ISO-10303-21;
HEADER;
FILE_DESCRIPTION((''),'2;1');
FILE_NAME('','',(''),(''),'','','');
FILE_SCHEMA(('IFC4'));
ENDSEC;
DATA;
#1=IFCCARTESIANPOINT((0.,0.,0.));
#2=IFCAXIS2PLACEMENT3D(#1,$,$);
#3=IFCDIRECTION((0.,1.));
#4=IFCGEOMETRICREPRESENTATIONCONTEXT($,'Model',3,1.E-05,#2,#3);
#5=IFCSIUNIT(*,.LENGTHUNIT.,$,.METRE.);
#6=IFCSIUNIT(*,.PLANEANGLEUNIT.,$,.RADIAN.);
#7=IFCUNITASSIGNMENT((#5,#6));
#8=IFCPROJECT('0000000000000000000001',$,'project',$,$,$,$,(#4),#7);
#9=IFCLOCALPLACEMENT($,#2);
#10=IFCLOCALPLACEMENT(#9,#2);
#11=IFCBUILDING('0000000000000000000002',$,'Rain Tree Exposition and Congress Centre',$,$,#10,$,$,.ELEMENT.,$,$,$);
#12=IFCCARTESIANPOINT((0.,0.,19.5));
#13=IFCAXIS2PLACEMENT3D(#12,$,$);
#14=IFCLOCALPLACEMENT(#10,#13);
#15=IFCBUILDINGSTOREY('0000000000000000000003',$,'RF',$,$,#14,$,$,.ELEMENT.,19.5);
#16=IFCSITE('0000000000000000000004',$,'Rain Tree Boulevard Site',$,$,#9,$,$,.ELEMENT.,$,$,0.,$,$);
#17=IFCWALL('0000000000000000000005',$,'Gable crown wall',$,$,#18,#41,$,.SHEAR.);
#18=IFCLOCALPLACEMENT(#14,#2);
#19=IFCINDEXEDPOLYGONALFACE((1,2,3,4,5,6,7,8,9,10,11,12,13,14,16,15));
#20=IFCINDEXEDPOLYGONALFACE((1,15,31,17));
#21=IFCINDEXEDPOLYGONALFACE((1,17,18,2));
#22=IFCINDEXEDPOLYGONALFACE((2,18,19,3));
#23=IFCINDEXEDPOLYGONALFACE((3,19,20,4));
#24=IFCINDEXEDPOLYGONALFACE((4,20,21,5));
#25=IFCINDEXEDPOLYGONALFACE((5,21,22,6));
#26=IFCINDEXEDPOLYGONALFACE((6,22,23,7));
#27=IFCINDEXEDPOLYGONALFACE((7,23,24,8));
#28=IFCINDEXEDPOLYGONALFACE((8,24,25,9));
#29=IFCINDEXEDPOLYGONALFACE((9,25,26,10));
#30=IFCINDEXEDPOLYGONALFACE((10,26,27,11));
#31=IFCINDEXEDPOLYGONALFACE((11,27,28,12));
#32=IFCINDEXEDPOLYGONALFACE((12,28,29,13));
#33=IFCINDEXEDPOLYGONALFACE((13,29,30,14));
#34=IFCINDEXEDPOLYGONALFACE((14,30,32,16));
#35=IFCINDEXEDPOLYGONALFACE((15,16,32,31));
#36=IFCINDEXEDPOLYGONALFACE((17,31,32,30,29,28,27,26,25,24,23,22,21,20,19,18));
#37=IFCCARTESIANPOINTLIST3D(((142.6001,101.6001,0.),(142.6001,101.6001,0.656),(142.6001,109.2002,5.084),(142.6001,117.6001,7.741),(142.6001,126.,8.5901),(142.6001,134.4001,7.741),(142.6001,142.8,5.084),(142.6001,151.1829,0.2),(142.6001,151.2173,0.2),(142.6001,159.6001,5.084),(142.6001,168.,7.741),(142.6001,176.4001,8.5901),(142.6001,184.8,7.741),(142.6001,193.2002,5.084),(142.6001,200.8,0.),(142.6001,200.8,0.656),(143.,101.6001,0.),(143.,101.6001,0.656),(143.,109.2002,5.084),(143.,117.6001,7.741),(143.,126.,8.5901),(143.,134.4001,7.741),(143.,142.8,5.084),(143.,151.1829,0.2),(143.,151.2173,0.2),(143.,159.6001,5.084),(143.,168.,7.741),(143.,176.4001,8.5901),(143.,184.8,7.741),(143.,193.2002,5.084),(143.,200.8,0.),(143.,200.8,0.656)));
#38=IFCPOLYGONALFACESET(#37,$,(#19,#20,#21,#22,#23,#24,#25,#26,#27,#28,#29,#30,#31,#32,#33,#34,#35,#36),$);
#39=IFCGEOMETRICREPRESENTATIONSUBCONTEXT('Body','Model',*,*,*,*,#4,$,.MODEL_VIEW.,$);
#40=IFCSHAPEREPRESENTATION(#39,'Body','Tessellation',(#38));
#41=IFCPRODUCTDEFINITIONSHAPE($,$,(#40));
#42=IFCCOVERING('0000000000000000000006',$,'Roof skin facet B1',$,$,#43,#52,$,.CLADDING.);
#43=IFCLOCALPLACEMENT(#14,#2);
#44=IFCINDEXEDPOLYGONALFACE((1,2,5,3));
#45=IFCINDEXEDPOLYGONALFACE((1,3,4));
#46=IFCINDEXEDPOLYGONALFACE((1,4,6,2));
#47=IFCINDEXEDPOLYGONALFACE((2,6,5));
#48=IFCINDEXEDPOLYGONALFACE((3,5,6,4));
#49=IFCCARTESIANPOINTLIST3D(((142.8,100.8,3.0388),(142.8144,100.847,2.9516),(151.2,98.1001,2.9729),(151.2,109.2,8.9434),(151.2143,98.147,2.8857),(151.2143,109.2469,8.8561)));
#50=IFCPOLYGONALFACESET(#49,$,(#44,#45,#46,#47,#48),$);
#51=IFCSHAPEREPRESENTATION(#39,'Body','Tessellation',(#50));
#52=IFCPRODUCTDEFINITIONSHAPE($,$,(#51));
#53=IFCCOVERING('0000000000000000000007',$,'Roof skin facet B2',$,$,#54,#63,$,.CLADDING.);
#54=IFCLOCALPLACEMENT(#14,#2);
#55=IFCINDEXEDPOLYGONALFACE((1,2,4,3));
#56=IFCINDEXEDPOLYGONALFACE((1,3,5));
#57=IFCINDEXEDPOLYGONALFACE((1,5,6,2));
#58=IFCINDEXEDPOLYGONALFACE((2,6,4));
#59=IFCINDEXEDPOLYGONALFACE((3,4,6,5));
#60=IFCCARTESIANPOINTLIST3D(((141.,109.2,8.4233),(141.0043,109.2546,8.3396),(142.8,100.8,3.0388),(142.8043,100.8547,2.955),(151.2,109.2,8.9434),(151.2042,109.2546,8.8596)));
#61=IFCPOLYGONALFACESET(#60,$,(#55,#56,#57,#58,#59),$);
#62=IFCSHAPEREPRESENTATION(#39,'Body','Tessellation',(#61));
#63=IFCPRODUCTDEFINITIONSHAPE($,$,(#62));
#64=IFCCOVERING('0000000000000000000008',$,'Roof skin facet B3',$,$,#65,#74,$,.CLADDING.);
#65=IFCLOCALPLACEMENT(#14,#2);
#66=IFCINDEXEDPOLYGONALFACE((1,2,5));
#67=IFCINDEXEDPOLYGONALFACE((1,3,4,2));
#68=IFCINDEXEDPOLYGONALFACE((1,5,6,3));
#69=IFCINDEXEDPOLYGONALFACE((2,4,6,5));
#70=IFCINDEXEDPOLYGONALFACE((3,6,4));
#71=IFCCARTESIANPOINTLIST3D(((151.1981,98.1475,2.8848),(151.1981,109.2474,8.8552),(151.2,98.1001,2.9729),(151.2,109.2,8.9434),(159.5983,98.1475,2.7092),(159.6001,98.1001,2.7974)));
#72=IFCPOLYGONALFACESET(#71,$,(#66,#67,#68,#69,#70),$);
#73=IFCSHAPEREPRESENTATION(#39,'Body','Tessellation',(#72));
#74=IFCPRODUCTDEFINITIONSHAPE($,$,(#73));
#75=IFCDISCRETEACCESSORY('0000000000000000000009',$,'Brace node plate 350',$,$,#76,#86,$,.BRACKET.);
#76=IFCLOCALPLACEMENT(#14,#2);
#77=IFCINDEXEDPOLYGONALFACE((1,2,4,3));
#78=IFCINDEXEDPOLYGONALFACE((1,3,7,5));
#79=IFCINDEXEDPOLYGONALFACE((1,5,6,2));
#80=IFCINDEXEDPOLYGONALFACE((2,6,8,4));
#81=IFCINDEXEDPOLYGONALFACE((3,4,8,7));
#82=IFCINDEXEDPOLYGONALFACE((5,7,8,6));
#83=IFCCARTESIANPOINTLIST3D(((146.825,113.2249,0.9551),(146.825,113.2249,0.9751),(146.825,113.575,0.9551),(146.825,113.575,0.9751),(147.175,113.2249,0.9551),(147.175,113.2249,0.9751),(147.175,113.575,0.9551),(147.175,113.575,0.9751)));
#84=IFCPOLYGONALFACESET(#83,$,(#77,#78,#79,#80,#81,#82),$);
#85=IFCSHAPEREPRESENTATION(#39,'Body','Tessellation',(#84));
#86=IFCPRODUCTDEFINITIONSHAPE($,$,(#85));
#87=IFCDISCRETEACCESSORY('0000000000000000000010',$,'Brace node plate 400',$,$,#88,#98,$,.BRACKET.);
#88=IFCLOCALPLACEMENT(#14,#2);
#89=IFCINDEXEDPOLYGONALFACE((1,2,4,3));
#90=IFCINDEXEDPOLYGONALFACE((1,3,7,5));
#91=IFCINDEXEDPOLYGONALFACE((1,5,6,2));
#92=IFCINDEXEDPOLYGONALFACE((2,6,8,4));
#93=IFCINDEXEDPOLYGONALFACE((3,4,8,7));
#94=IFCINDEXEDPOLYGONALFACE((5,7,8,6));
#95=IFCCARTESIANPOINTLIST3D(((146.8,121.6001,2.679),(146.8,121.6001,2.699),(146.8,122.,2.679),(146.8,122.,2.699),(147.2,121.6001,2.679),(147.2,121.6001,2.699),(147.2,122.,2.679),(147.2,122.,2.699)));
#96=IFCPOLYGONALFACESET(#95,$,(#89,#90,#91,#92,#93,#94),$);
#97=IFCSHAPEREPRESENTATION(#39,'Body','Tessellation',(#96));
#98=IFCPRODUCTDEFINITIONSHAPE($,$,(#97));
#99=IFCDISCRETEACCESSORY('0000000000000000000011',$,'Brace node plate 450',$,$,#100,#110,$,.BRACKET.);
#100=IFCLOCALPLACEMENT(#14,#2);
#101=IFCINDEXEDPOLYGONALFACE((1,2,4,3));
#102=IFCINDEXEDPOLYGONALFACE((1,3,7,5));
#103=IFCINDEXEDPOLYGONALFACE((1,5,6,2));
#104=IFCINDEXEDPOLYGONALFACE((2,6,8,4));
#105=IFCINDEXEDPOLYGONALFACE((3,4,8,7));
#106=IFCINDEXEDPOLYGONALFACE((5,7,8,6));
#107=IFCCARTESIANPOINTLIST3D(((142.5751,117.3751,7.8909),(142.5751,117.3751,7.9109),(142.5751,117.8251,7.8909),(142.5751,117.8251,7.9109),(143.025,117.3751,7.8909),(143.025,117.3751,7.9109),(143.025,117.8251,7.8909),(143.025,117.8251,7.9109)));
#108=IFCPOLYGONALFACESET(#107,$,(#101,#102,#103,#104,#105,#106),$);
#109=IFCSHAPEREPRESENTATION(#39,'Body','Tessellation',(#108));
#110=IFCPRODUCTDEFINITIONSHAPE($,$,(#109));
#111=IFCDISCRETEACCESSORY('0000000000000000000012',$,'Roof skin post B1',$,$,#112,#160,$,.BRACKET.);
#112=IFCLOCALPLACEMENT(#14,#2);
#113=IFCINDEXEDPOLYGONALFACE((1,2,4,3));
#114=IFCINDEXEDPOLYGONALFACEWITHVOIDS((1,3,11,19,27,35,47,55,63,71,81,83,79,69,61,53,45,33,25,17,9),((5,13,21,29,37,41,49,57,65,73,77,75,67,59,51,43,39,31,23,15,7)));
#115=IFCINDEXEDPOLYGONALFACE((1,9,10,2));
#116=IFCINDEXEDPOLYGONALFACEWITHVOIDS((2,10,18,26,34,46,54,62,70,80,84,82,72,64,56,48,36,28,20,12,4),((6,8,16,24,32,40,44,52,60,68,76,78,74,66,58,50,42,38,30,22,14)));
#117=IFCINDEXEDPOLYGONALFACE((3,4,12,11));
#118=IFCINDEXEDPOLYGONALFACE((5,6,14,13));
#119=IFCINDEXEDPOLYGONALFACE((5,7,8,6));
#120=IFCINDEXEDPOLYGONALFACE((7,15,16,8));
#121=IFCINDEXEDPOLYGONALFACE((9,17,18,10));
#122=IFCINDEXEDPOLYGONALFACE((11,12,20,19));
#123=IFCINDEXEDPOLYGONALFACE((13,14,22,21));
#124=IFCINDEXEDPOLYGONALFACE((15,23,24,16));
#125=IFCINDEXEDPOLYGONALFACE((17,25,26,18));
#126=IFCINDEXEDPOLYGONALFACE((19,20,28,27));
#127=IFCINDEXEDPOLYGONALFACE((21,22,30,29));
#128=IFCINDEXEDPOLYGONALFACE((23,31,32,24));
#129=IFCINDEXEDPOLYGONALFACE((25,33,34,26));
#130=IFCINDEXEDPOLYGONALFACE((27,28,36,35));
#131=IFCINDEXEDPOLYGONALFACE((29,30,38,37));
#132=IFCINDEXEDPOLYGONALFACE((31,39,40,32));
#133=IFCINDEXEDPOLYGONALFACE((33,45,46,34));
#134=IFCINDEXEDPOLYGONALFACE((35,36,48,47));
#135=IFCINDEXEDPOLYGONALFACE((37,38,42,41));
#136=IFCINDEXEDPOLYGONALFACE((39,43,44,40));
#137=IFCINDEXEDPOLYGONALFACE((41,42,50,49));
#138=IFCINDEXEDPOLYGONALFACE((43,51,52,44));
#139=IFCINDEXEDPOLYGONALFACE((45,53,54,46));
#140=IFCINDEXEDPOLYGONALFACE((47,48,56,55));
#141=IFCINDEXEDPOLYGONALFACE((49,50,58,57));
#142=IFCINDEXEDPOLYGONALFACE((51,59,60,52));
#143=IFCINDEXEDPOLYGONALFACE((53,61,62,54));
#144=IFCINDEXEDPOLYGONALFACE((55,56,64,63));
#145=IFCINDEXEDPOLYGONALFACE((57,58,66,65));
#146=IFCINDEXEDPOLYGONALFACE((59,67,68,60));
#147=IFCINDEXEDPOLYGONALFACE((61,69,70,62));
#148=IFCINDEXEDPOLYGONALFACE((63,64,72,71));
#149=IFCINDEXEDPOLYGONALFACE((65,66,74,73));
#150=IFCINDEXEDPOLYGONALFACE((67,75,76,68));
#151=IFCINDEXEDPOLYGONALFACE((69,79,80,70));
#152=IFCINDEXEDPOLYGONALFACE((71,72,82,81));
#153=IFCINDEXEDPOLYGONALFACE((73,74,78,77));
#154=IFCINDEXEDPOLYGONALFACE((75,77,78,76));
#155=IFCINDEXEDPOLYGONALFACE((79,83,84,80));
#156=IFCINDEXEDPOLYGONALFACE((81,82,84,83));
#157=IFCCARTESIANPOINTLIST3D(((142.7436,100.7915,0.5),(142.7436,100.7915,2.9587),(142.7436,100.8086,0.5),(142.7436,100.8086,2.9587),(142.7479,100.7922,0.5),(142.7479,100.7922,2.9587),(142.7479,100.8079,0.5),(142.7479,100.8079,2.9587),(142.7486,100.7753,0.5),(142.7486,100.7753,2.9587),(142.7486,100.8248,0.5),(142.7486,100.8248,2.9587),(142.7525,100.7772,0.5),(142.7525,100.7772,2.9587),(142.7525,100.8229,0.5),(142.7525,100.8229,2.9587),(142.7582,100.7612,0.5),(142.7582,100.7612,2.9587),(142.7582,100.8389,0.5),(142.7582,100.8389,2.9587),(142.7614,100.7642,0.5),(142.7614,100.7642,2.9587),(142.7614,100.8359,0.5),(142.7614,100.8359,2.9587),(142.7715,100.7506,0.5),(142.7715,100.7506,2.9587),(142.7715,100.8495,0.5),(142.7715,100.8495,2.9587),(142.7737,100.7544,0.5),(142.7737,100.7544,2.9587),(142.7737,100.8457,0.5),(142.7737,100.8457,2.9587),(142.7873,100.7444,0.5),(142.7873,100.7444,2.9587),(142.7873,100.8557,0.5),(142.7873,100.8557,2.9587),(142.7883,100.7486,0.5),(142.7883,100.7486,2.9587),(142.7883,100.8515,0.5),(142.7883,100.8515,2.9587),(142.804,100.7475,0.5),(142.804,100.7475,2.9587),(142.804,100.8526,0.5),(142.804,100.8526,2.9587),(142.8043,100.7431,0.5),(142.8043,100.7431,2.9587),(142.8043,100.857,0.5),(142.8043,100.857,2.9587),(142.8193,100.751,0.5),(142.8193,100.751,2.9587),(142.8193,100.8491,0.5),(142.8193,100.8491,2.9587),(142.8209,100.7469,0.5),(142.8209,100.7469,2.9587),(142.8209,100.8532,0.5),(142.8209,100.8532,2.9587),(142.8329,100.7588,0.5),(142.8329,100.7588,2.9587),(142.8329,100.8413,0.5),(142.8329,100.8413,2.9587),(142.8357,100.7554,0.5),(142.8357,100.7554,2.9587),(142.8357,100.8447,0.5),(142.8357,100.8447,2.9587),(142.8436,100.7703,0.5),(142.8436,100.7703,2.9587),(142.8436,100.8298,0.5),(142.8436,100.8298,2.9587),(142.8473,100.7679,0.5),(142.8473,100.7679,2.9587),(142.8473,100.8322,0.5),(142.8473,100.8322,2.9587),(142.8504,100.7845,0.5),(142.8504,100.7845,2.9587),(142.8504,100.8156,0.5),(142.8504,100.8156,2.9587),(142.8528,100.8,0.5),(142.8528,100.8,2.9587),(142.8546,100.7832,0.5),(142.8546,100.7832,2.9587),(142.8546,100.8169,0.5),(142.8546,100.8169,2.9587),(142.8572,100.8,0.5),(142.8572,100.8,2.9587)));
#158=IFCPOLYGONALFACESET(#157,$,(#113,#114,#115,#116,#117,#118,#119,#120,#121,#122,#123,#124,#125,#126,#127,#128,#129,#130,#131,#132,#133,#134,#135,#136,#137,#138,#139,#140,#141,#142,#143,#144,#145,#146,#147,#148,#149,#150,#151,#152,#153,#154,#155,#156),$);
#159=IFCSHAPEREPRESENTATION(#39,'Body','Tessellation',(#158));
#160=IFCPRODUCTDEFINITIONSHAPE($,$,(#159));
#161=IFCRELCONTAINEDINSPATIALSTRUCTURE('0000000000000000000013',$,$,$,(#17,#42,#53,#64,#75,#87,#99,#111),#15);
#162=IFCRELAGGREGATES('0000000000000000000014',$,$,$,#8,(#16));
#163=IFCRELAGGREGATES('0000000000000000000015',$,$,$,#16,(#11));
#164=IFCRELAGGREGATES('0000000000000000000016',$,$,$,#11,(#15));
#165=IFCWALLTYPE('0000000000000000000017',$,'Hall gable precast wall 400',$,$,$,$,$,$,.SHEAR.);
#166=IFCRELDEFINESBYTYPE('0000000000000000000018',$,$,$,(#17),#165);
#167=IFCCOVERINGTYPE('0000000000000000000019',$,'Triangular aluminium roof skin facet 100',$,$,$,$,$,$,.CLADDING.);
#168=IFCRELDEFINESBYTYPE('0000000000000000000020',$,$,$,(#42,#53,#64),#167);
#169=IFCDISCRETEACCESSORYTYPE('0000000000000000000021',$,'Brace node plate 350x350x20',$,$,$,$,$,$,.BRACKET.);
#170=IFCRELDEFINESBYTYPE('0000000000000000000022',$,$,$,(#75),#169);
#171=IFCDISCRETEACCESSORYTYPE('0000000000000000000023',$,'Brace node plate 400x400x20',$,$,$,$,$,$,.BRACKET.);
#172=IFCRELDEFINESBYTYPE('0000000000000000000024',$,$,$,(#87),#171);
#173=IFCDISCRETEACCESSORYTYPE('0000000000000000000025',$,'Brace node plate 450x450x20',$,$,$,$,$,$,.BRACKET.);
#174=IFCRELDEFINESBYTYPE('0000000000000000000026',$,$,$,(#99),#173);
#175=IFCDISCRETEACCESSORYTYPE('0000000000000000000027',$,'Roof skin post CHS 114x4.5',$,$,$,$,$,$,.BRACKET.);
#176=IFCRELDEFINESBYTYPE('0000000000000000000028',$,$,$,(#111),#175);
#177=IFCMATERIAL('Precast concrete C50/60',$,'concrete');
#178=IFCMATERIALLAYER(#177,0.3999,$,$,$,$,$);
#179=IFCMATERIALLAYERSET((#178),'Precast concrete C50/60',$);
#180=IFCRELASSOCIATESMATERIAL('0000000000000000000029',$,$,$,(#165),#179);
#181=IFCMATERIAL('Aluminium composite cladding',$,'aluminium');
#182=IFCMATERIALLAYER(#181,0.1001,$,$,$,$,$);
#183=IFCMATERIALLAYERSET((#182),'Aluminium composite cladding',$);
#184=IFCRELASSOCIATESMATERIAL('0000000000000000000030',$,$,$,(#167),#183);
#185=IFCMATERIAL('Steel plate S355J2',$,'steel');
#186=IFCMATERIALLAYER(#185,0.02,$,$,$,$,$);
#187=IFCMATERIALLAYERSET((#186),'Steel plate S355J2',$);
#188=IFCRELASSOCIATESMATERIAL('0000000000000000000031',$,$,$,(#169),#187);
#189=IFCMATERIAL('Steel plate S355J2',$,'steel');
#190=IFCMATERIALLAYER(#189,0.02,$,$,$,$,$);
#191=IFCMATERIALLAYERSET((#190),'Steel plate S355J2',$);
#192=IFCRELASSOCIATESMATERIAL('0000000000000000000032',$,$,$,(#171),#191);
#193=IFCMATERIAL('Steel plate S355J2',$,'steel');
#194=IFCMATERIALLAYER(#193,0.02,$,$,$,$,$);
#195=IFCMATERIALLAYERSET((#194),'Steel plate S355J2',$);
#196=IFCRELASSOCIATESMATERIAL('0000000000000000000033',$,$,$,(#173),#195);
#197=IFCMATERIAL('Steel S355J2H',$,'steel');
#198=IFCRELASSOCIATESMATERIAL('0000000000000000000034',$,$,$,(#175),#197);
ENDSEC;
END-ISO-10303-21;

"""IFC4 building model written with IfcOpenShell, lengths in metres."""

from ifc_helpers import new_model, si_unit, direction, frame, origin, origin_2d, place, context, subcontext, project, spatial, polyline, rectangle, hollow_circle, outline, extrude, material, layer, layer_set, material_profile, profile_set, type_object, element, save


model = new_model("IFC4")

# Units and contexts
model_context = context("Model", 3, precision=1e-05, world=origin(), true_north=direction((0.0, 1.0)))
body_context = subcontext(model_context, "Body", "Model", "MODEL_VIEW")
ifc_project = project(units=[si_unit("LENGTHUNIT", "METRE"), si_unit("PLANEANGLEUNIT", "RADIAN")], contexts=[model_context])

# Site, building, storey
site_placement = place(None, origin())
site = spatial("IfcSite", under=ifc_project, at=site_placement, Name="Rain Tree Boulevard Site", CompositionType="ELEMENT", RefElevation=0.0)
building_placement = place(site_placement, origin())
building = spatial("IfcBuilding", under=site, at=building_placement, Name="Rain Tree Exposition and Congress Centre", CompositionType="ELEMENT")
storey_placement = place(building_placement, frame((0.0, 0.0, 19.5)))
storey = spatial("IfcBuildingStorey", under=building, at=storey_placement, Name="RF", CompositionType="ELEMENT", Elevation=19.5)

# Wall
ifc_material_1 = material(Name="Precast concrete C50/60", Category="concrete")
ifc_layer_1 = layer(ifc_material_1, 0.3999)
ifc_layer_set_1 = layer_set([ifc_layer_1], Name="Precast concrete C50/60")
wall_type = type_object("IfcWallType", Name="Hall gable precast wall 400", PredefinedType="SHEAR", material=ifc_layer_set_1)
wall_placement = place(storey_placement, frame((142.8, 101.6001, 0.0), z_axis=(0.0, 0.0, 1.0), x_axis=(0.0, 1.0, 0.0)))
element("IfcWall", 1, at=wall_placement, inside=storey, type_object=wall_type, Name="Gable crown wall", PredefinedType="SHEAR", context=body_context, shape_type="SweptSolid", body=[
    extrude(outline(polyline([(0.0, 0.0), (99.2, 0.0), (99.2, 0.656), (91.6001, 5.084), (83.2, 7.741), (74.8, 8.5901), (66.3999, 7.741), (58.0, 5.084), (49.6172, 0.2), (49.5828, 0.2), (41.2, 5.084), (32.8, 7.741), (24.3999, 8.5901), (16.0, 7.741), (7.6001, 5.084), (0.0, 0.656), (0.0, 0.0)])), frame((0.0, 0.2, 0.0), z_axis=(0.0, -1.0, 0.0), x_axis=(1.0, 0.0, 0.0)), (0.0, 0.0, 1.0), 0.3999),
])

# Coverings
ifc_material_2 = material(Name="Aluminium composite cladding", Category="aluminium")
ifc_layer_2 = layer(ifc_material_2, 0.1001)
ifc_layer_set_2 = layer_set([ifc_layer_2], Name="Aluminium composite cladding")
covering_type = type_object("IfcCoveringType", Name="Triangular aluminium roof skin facet 100", PredefinedType="CLADDING", material=ifc_layer_set_2)
covering_1_placement = place(storey_placement, frame((142.8, 100.8, 3.0388), z_axis=(-0.143839, -0.468781, 0.871524), x_axis=(0.952003, -0.305999, -0.007471)))
element("IfcCovering", 2, at=covering_1_placement, inside=storey, type_object=covering_type, Name="Roof skin facet B1", PredefinedType="CLADDING", context=body_context, shape_type="SweptSolid", body=[
    extrude(outline(polyline([(0.0, 0.0), (8.8234, 0.0), (5.3823, 12.1248), (0.0, 0.0)])), origin(), (0.0, 0.0, -1.0), 0.1001),
])
covering_2_placement = place(storey_placement, frame((142.8, 100.8, 3.0388), z_axis=(-0.042669, -0.545637, 0.836935), x_axis=(0.633202, 0.633202, 0.445096)))
element("IfcCovering", 3, at=covering_2_placement, inside=storey, type_object=covering_type, Name="Roof skin facet B2", PredefinedType="CLADDING", context=body_context, shape_type="SweptSolid", body=[
    extrude(outline(polyline([(0.0, 0.0), (13.2658, 0.0), (6.5757, 7.717), (0.0, 0.0)])), origin(), (0.0, 0.0, -1.0), 0.1001),
])
covering_3_placement = place(storey_placement, frame((151.2, 98.1001, 2.9729), z_axis=(0.0184, -0.473627, 0.880533), x_axis=(0.999782, 0.0, -0.020892)))
element("IfcCovering", 4, at=covering_3_placement, inside=storey, type_object=covering_type, Name="Roof skin facet B3", PredefinedType="CLADDING", context=body_context, shape_type="SweptSolid", body=[
    extrude(outline(polyline([(0.0, 0.0), (8.402, 0.0), (-0.1247, 12.6031), (0.0, 0.0)])), origin(), (0.0, 0.0, -1.0), 0.1001),
])

# Discrete accessories
ifc_material_3 = material(Name="Steel plate S355J2", Category="steel")
ifc_layer_3 = layer(ifc_material_3, 0.02)
ifc_layer_set_3 = layer_set([ifc_layer_3], Name="Steel plate S355J2")
discrete_accessory_type_1 = type_object("IfcDiscreteAccessoryType", Name="Brace node plate 350x350x20", PredefinedType="BRACKET", material=ifc_layer_set_3)
discrete_accessory_1_placement = place(storey_placement, frame((147.0, 113.3999, 0.9551), z_axis=(0.0, 0.0, 1.0), x_axis=(1.0, 0.0, 0.0)))
element("IfcDiscreteAccessory", 5, at=discrete_accessory_1_placement, inside=storey, type_object=discrete_accessory_type_1, Name="Brace node plate 350", PredefinedType="BRACKET", context=body_context, shape_type="SweptSolid", body=[
    extrude(rectangle(XDim=0.3501, YDim=0.3501, at=origin_2d()), origin(), (0.0, 0.0, 1.0), 0.02),
])
ifc_material_4 = material(Name="Steel plate S355J2", Category="steel")
ifc_layer_4 = layer(ifc_material_4, 0.02)
ifc_layer_set_4 = layer_set([ifc_layer_4], Name="Steel plate S355J2")
discrete_accessory_type_2 = type_object("IfcDiscreteAccessoryType", Name="Brace node plate 400x400x20", PredefinedType="BRACKET", material=ifc_layer_set_4)
discrete_accessory_2_placement = place(storey_placement, frame((147.0, 121.8, 2.679), z_axis=(0.0, 0.0, 1.0), x_axis=(1.0, 0.0, 0.0)))
element("IfcDiscreteAccessory", 6, at=discrete_accessory_2_placement, inside=storey, type_object=discrete_accessory_type_2, Name="Brace node plate 400", PredefinedType="BRACKET", context=body_context, shape_type="SweptSolid", body=[
    extrude(rectangle(XDim=0.3999, YDim=0.3999, at=origin_2d()), origin(), (0.0, 0.0, 1.0), 0.02),
])
ifc_material_5 = material(Name="Steel plate S355J2", Category="steel")
ifc_layer_5 = layer(ifc_material_5, 0.02)
ifc_layer_set_5 = layer_set([ifc_layer_5], Name="Steel plate S355J2")
discrete_accessory_type_3 = type_object("IfcDiscreteAccessoryType", Name="Brace node plate 450x450x20", PredefinedType="BRACKET", material=ifc_layer_set_5)
discrete_accessory_3_placement = place(storey_placement, frame((142.8, 117.6001, 7.8909), z_axis=(0.0, 0.0, 1.0), x_axis=(1.0, 0.0, 0.0)))
element("IfcDiscreteAccessory", 7, at=discrete_accessory_3_placement, inside=storey, type_object=discrete_accessory_type_3, Name="Brace node plate 450", PredefinedType="BRACKET", context=body_context, shape_type="SweptSolid", body=[
    extrude(rectangle(XDim=0.45, YDim=0.45, at=origin_2d()), origin(), (0.0, 0.0, 1.0), 0.02),
])
ifc_material_6 = material(Name="Steel S355J2H", Category="steel")
ifc_material_profile_1 = material_profile(ifc_material_6, hollow_circle(Radius=0.0571, WallThickness=0.0044, at=origin_2d()), Name="CHS 114x4.5")
ifc_profile_set_1 = profile_set([ifc_material_profile_1], Name="Steel S355J2H")
discrete_accessory_type_4 = type_object("IfcDiscreteAccessoryType", Name="Roof skin post CHS 114x4.5", PredefinedType="BRACKET", material=ifc_profile_set_1)
discrete_accessory_4_placement = place(storey_placement, frame((142.8, 100.8, 0.5), z_axis=(0.0, 0.0, 1.0), x_axis=(1.0, 0.0, 0.0)))
element("IfcDiscreteAccessory", 8, at=discrete_accessory_4_placement, inside=storey, type_object=discrete_accessory_type_4, Name="Roof skin post B1", PredefinedType="BRACKET", context=body_context, shape_type="SweptSolid", body=[
    extrude(hollow_circle(Radius=0.0571, WallThickness=0.0044, at=origin_2d()), origin(), (0.0, 0.0, 1.0), 2.4587),
])

save(model, "model.ifc")
